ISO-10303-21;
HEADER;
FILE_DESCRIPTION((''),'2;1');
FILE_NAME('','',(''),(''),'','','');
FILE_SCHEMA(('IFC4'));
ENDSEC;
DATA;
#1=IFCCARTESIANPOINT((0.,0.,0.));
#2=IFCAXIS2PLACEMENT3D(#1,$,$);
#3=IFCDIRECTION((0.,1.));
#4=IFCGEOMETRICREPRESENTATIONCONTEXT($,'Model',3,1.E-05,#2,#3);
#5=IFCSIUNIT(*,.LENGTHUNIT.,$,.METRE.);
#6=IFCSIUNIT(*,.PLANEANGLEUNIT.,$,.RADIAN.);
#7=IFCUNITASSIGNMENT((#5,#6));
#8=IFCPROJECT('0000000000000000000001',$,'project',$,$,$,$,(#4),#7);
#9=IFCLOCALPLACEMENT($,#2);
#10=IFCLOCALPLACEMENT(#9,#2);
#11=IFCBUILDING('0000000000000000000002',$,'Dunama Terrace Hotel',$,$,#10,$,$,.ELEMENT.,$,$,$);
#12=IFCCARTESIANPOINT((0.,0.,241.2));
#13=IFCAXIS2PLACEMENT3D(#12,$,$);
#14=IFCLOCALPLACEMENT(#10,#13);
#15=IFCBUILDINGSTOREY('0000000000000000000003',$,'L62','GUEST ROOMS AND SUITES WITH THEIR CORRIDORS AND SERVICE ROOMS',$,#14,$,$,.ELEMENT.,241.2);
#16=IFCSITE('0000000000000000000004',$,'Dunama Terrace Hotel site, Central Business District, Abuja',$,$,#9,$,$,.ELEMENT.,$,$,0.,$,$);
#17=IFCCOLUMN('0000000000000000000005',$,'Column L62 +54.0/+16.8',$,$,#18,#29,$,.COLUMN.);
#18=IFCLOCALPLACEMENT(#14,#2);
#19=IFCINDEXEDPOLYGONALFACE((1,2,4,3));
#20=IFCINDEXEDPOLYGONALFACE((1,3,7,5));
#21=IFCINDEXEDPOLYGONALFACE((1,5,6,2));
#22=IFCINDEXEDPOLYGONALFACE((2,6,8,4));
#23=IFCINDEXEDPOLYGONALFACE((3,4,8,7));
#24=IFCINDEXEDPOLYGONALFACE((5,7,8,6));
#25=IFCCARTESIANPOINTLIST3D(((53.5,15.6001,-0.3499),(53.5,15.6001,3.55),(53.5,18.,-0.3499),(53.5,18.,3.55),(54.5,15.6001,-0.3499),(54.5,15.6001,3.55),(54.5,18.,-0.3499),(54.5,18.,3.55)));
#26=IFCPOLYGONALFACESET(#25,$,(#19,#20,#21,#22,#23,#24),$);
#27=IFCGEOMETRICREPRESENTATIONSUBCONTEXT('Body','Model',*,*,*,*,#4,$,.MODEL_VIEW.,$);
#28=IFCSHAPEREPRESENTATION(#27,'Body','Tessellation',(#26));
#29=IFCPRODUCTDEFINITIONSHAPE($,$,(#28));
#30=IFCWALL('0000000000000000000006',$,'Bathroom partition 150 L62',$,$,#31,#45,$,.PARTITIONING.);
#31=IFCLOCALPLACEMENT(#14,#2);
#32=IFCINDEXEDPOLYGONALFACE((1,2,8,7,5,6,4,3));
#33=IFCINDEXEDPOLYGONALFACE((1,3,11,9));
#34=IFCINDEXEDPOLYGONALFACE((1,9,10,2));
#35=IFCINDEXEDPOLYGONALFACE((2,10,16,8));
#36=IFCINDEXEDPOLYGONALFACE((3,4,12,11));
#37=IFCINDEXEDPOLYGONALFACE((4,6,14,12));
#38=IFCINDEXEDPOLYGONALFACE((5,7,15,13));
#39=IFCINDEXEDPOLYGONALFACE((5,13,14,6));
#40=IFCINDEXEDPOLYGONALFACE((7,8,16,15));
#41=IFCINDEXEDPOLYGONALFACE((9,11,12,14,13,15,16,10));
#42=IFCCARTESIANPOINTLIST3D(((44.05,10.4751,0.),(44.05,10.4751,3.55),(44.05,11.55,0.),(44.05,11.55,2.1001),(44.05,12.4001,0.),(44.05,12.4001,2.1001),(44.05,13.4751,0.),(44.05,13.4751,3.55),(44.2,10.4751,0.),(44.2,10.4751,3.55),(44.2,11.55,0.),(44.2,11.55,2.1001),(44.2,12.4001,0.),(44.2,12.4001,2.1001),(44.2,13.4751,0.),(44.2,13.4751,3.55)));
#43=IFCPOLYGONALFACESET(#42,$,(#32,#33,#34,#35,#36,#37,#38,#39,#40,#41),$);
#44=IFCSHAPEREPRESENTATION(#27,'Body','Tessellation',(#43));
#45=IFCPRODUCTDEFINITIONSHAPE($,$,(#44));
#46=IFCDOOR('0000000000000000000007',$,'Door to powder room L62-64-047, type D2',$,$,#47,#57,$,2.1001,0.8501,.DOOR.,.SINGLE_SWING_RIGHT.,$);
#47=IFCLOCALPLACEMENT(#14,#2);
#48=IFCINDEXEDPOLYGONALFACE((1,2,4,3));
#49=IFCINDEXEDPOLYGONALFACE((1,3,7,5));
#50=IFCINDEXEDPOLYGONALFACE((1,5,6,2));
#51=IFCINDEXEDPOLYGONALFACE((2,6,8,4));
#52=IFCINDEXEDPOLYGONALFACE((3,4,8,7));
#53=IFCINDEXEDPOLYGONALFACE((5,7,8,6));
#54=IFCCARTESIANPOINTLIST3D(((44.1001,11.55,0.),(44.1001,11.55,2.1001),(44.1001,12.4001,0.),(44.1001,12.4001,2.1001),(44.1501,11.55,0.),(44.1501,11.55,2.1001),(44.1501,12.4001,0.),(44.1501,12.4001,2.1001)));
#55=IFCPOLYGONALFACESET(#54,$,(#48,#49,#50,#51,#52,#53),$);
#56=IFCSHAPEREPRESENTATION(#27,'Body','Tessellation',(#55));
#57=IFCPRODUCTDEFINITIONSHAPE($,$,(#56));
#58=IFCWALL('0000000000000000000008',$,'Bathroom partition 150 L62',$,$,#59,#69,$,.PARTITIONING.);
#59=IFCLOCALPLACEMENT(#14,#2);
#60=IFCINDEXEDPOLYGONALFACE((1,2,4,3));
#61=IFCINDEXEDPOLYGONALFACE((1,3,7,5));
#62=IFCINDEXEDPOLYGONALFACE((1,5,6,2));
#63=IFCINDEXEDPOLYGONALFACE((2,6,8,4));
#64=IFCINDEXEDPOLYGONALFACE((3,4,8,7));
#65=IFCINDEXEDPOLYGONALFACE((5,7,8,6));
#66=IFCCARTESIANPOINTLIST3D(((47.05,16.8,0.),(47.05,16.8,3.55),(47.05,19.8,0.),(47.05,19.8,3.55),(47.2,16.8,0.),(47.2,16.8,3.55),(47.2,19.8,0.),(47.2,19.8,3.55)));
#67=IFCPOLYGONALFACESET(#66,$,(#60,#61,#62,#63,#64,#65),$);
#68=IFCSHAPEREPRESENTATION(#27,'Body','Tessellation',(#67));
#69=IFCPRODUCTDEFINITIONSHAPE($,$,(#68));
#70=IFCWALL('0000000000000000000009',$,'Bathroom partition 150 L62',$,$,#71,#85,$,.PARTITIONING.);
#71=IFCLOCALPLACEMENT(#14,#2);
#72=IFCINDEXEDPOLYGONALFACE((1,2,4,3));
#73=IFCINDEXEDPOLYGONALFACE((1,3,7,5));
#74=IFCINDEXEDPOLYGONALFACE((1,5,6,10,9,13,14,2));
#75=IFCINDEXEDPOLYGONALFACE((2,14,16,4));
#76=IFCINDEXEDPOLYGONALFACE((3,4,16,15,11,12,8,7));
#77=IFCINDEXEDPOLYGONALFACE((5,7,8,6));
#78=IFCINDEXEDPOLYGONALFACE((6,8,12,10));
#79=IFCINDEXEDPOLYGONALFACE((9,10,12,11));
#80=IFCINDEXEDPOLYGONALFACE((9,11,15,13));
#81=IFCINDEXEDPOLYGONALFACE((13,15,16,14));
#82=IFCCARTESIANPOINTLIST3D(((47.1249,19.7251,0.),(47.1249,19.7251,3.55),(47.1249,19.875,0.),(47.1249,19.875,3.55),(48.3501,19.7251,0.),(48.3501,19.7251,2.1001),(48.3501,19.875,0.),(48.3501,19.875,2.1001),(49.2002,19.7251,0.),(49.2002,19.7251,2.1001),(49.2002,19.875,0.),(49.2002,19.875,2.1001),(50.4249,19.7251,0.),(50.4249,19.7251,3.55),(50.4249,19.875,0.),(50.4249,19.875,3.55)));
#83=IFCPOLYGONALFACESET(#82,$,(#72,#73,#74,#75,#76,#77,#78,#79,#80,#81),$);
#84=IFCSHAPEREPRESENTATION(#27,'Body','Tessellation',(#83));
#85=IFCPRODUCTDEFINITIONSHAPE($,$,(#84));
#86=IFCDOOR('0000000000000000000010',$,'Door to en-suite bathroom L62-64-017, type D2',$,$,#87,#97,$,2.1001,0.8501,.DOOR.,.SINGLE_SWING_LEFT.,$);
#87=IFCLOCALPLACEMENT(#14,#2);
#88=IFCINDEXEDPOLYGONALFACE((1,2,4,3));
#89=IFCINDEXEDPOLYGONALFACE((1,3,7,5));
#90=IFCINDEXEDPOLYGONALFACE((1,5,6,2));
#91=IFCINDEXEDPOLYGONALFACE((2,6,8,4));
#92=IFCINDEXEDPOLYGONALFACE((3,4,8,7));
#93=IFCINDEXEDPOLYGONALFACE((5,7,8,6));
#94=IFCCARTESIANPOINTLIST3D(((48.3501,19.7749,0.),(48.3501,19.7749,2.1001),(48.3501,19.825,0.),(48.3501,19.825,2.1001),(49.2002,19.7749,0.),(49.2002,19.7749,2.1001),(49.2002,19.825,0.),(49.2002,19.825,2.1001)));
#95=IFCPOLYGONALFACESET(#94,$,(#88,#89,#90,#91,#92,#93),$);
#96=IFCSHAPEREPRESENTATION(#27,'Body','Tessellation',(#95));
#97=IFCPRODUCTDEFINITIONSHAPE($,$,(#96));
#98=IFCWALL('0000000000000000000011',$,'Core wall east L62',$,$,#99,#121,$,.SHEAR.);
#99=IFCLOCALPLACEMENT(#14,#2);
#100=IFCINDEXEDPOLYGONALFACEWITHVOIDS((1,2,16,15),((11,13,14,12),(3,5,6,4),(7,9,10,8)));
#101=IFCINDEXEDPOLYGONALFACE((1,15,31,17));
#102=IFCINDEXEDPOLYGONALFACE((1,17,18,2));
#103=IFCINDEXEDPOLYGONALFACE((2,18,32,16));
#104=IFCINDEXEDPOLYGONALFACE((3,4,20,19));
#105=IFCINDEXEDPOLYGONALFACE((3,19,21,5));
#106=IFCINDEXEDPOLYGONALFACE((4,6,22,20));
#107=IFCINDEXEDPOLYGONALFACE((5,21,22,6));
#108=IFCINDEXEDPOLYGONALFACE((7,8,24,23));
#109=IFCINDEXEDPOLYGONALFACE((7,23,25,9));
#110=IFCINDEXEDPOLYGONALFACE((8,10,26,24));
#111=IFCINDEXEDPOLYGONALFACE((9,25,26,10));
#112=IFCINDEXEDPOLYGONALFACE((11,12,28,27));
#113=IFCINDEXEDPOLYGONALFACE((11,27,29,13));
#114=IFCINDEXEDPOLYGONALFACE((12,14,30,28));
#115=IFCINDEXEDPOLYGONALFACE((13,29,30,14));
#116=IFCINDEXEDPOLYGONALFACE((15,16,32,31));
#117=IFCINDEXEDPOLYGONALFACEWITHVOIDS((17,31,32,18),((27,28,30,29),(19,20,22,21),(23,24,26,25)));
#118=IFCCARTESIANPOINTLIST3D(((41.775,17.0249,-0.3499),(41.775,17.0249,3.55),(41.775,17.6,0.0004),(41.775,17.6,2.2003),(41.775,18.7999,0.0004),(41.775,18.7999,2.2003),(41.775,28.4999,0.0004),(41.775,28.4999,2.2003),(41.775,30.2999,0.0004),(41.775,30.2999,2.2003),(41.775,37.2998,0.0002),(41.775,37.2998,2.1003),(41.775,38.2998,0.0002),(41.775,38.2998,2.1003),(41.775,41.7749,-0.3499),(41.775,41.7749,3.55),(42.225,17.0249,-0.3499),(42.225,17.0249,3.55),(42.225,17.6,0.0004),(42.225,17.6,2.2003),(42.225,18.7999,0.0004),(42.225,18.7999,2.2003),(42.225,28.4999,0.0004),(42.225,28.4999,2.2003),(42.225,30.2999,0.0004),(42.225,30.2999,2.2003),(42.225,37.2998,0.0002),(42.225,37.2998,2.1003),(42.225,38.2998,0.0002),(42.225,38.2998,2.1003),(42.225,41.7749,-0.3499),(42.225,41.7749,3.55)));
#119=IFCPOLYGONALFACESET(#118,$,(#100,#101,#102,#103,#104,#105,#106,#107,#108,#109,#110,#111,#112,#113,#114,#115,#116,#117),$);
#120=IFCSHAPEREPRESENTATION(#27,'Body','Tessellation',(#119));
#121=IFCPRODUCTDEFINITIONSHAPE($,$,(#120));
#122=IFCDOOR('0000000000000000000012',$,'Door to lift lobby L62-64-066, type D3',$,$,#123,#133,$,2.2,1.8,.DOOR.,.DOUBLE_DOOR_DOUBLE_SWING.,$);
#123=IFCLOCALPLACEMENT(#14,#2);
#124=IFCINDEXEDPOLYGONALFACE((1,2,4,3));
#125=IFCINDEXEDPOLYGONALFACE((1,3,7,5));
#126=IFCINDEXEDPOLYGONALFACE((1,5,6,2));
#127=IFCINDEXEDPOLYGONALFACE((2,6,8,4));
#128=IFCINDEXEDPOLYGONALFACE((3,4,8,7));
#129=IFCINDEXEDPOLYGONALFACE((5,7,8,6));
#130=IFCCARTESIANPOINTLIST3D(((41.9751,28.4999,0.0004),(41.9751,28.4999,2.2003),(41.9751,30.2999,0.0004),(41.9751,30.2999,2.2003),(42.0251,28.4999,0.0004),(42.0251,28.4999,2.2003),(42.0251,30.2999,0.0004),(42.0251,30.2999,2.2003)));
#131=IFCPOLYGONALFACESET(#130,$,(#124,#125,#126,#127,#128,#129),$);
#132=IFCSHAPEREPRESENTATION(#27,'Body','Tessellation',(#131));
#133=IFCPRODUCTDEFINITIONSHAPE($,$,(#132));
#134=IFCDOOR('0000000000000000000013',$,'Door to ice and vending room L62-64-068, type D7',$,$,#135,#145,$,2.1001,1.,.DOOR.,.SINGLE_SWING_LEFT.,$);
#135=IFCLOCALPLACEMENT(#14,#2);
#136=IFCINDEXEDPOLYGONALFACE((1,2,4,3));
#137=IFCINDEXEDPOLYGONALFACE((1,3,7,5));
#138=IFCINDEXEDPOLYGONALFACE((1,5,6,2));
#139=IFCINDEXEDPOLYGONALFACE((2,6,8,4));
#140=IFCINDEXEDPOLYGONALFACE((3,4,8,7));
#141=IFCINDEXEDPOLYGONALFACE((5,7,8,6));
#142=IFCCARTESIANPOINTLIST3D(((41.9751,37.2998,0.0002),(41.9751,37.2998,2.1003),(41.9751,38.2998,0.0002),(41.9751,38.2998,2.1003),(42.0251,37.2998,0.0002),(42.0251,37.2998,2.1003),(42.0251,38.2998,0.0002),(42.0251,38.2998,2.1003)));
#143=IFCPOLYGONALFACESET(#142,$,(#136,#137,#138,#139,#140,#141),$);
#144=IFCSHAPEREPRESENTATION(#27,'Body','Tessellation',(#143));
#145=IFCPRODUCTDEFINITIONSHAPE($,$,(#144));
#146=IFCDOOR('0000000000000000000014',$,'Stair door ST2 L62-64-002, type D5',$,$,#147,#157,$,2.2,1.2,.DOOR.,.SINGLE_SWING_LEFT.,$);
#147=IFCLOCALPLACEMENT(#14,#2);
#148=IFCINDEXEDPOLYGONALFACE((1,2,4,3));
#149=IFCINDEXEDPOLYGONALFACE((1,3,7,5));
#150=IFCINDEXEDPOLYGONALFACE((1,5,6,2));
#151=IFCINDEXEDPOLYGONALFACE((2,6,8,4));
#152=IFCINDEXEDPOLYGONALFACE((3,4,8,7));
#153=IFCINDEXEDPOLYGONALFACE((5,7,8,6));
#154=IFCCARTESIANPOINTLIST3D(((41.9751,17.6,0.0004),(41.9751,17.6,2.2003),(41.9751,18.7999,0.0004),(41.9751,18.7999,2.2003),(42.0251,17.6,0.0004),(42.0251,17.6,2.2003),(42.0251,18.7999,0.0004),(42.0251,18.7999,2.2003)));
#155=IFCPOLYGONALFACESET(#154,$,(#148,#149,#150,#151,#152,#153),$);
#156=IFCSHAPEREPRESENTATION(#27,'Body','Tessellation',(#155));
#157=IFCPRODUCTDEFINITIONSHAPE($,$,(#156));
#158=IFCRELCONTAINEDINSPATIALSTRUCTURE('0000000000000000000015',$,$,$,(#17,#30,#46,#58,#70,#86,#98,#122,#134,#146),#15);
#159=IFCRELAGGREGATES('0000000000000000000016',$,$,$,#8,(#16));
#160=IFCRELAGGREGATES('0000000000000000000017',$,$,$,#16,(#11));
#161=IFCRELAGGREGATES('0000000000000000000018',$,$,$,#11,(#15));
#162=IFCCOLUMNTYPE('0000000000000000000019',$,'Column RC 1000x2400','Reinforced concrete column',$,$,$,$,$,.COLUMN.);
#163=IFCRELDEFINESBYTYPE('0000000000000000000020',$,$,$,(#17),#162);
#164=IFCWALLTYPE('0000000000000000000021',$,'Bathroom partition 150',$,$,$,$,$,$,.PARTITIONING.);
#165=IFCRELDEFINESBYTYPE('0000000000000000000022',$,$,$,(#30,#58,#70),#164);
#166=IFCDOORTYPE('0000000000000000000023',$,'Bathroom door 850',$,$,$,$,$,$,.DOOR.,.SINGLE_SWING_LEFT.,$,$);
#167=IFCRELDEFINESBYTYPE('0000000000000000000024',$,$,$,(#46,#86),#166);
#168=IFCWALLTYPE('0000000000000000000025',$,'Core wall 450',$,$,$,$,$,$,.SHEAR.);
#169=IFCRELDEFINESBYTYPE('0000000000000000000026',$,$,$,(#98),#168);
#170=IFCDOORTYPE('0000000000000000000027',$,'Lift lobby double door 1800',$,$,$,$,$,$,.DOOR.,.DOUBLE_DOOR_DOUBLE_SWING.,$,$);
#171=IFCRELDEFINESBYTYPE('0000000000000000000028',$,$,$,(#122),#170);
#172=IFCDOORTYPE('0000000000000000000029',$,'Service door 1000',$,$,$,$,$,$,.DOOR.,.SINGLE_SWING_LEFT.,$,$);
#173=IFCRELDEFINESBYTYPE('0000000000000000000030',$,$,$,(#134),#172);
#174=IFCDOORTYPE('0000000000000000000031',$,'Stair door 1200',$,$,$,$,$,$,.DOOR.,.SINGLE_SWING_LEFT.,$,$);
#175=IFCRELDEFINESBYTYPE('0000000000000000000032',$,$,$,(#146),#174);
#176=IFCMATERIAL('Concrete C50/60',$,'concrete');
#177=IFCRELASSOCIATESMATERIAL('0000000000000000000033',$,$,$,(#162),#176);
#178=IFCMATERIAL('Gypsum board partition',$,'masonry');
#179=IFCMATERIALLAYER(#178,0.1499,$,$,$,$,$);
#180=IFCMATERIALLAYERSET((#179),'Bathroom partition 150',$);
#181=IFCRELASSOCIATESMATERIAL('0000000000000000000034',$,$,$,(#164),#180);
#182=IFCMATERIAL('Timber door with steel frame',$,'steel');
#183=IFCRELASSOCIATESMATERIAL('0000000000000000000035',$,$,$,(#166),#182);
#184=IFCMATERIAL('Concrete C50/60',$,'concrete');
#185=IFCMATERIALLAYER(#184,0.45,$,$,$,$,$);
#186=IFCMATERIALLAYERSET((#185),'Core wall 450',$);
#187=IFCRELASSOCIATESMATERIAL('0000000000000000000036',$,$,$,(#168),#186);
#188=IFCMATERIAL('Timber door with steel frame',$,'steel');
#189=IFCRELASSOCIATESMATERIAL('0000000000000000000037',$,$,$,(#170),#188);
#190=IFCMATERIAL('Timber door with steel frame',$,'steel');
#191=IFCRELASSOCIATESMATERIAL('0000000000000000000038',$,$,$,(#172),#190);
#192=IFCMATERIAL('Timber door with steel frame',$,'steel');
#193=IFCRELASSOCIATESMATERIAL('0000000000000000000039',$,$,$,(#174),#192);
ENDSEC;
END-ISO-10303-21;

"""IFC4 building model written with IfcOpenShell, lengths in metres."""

from ifc_helpers import new_model, si_unit, direction, frame, frame_2d, origin, origin_2d, place, context, subcontext, project, spatial, rectangle, extrude, material, layer, layer_set, material_profile, profile_set, type_object, element, fill, save


model = new_model("IFC4")

# Units and contexts
model_context = context("Model", 3, precision=1e-05, world=origin(), true_north=direction((0.0, 1.0)))
body_context = subcontext(model_context, "Body", "Model", "MODEL_VIEW")
ifc_project = project(units=[si_unit("LENGTHUNIT", "METRE"), si_unit("PLANEANGLEUNIT", "RADIAN")], contexts=[model_context])

# Site, building, storey
site_placement = place(None, origin())
site = spatial("IfcSite", under=ifc_project, at=site_placement, Name="Dunama Terrace Hotel site, Central Business District, Abuja", CompositionType="ELEMENT", RefElevation=0.0)
building_placement = place(site_placement, origin())
building = spatial("IfcBuilding", under=site, at=building_placement, Name="Dunama Terrace Hotel", CompositionType="ELEMENT")
storey_placement = place(building_placement, frame((0.0, 0.0, 241.2)))
storey = spatial("IfcBuildingStorey", under=building, at=storey_placement, Name="L62", Description="GUEST ROOMS AND SUITES WITH THEIR CORRIDORS AND SERVICE ROOMS", CompositionType="ELEMENT", Elevation=241.2)

# Column
ifc_material_1 = material(Name="Concrete C50/60", Category="concrete")
ifc_material_profile = material_profile(ifc_material_1, rectangle(XDim=1.0, YDim=2.3999, at=origin_2d()), Name="RC 1000x2400")
ifc_profile_set = profile_set([ifc_material_profile], Name="Concrete C50/60")
column_type = type_object("IfcColumnType", Name="Column RC 1000x2400", Description="Reinforced concrete column", PredefinedType="COLUMN", material=ifc_profile_set)
column_placement = place(storey_placement, frame((54.0, 16.8, -0.3499), z_axis=(0.0, 0.0, 1.0), x_axis=(1.0, 0.0, 0.0)))
element("IfcColumn", 1, at=column_placement, inside=storey, type_object=column_type, Name="Column L62 +54.0/+16.8", PredefinedType="COLUMN", context=body_context, shape_type="SweptSolid", body=[
    extrude(rectangle(XDim=1.0, YDim=2.3999, at=origin_2d()), origin(), (0.0, 0.0, 1.0), 3.8999),
])

# Wall, opening, door
ifc_material_2 = material(Name="Gypsum board partition", Category="masonry")
ifc_layer_1 = layer(ifc_material_2, 0.1499)
ifc_layer_set_1 = layer_set([ifc_layer_1], Name="Bathroom partition 150")
wall_type_1 = type_object("IfcWallType", Name="Bathroom partition 150", PredefinedType="PARTITIONING", material=ifc_layer_set_1)
wall_1_placement = place(storey_placement, frame((44.125, 10.4751, 0.0), z_axis=(0.0, 0.0, 1.0), x_axis=(0.0, 1.0, 0.0)))
wall_1 = element("IfcWall", 2, at=wall_1_placement, inside=storey, type_object=wall_type_1, Name="Bathroom partition 150 L62", PredefinedType="PARTITIONING", context=body_context, shape_type="SweptSolid", body=[
    extrude(rectangle(XDim=3.0, YDim=0.1499, at=frame_2d((1.5, 0.0))), origin(), (0.0, 0.0, 1.0), 3.55),
])
opening_1_placement = place(wall_1_placement, frame((1.075, 0.0, 0.0)))
opening_1 = element("IfcOpeningElement", 3, at=opening_1_placement, cuts=wall_1, PredefinedType="OPENING", context=body_context, shape_type="SweptSolid", body=[
    extrude(rectangle(XDim=0.8501, YDim=2.1001, at=frame_2d((0.425, 1.05))), frame((0.0, 0.085, 0.0), z_axis=(0.0, -1.0, 0.0), x_axis=(1.0, 0.0, 0.0)), (0.0, 0.0, 1.0), 0.1699),
])
ifc_material_3 = material(Name="Timber door with steel frame", Category="steel")
door_type_1 = type_object("IfcDoorType", Name="Bathroom door 850", OperationType="SINGLE_SWING_LEFT", PredefinedType="DOOR", material=ifc_material_3)
door_1_placement = place(opening_1_placement, origin())
door_1 = element("IfcDoor", 4, at=door_1_placement, inside=storey, type_object=door_type_1, Name="Door to powder room L62-64-047, type D2", OperationType="SINGLE_SWING_RIGHT", OverallHeight=2.1001, OverallWidth=0.8501, PredefinedType="DOOR", context=body_context, shape_type="SweptSolid", body=[
    extrude(rectangle(XDim=0.8501, YDim=2.1001, at=frame_2d((0.425, 1.05))), frame((0.0, 0.0249, 0.0), z_axis=(0.0, -1.0, 0.0), x_axis=(1.0, 0.0, 0.0)), (0.0, 0.0, 1.0), 0.05),
])
fill(opening_1, door_1)

# Wall
wall_2_placement = place(storey_placement, frame((47.125, 16.8, 0.0), z_axis=(0.0, 0.0, 1.0), x_axis=(0.0, 1.0, 0.0)))
element("IfcWall", 5, at=wall_2_placement, inside=storey, type_object=wall_type_1, Name="Bathroom partition 150 L62", PredefinedType="PARTITIONING", context=body_context, shape_type="SweptSolid", body=[
    extrude(rectangle(XDim=3.0, YDim=0.1499, at=frame_2d((1.5, 0.0))), origin(), (0.0, 0.0, 1.0), 3.55),
])

# Wall, opening, door
wall_3_placement = place(storey_placement, frame((47.125, 19.8, 0.0), z_axis=(0.0, 0.0, 1.0), x_axis=(1.0, 0.0, 0.0)))
wall_3 = element("IfcWall", 6, at=wall_3_placement, inside=storey, type_object=wall_type_1, Name="Bathroom partition 150 L62", PredefinedType="PARTITIONING", context=body_context, shape_type="SweptSolid", body=[
    extrude(rectangle(XDim=3.3, YDim=0.1499, at=frame_2d((1.6499, 0.0))), origin(), (0.0, 0.0, 1.0), 3.55),
])
opening_2_placement = place(wall_3_placement, frame((1.2251, 0.0, 0.0)))
opening_2 = element("IfcOpeningElement", 7, at=opening_2_placement, cuts=wall_3, PredefinedType="OPENING", context=body_context, shape_type="SweptSolid", body=[
    extrude(rectangle(XDim=0.8501, YDim=2.1001, at=frame_2d((0.425, 1.05))), frame((0.0, 0.085, 0.0), z_axis=(0.0, -1.0, 0.0), x_axis=(1.0, 0.0, 0.0)), (0.0, 0.0, 1.0), 0.1699),
])
door_2_placement = place(opening_2_placement, frame((0.8501, 0.0, 0.0), z_axis=(0.0, 0.0, 1.0), x_axis=(-1.0, 0.0, 0.0)))
door_2 = element("IfcDoor", 8, at=door_2_placement, inside=storey, type_object=door_type_1, Name="Door to en-suite bathroom L62-64-017, type D2", OperationType="SINGLE_SWING_LEFT", OverallHeight=2.1001, OverallWidth=0.8501, PredefinedType="DOOR", context=body_context, shape_type="SweptSolid", body=[
    extrude(rectangle(XDim=0.8501, YDim=2.1001, at=frame_2d((0.425, 1.05))), frame((0.0, 0.0251, 0.0), z_axis=(0.0, -1.0, 0.0), x_axis=(1.0, 0.0, 0.0)), (0.0, 0.0, 1.0), 0.05),
])
fill(opening_2, door_2)

# Wall, openings, doors
ifc_material_4 = material(Name="Concrete C50/60", Category="concrete")
ifc_layer_2 = layer(ifc_material_4, 0.45)
ifc_layer_set_2 = layer_set([ifc_layer_2], Name="Core wall 450")
wall_type_2 = type_object("IfcWallType", Name="Core wall 450", PredefinedType="SHEAR", material=ifc_layer_set_2)
wall_4_placement = place(storey_placement, frame((42.0, 17.0249, -0.3499), z_axis=(0.0, 0.0, 1.0), x_axis=(0.0, 1.0, 0.0)))
wall_4 = element("IfcWall", 9, at=wall_4_placement, inside=storey, type_object=wall_type_2, Name="Core wall east L62", PredefinedType="SHEAR", context=body_context, shape_type="SweptSolid", body=[
    extrude(rectangle(XDim=24.75, YDim=0.45, at=frame_2d((12.375, 0.0))), origin(), (0.0, 0.0, 1.0), 3.8999),
])
opening_3_placement = place(wall_4_placement, frame((0.575, 0.0, 0.3501)))
opening_3 = element("IfcOpeningElement", 10, at=opening_3_placement, cuts=wall_4, PredefinedType="OPENING", context=body_context, shape_type="SweptSolid", body=[
    extrude(rectangle(XDim=1.2, YDim=2.2, at=frame_2d((0.6001, 1.1001))), frame((0.0, 0.2349, 0.0), z_axis=(0.0, -1.0, 0.0), x_axis=(1.0, 0.0, 0.0)), (0.0, 0.0, 1.0), 0.47),
])
opening_4_placement = place(wall_4_placement, frame((11.4751, 0.0, 0.3501)))
opening_4 = element("IfcOpeningElement", 11, at=opening_4_placement, cuts=wall_4, PredefinedType="OPENING", context=body_context, shape_type="SweptSolid", body=[
    extrude(rectangle(XDim=1.8, YDim=2.2, at=frame_2d((0.8999, 1.1001))), frame((0.0, 0.2349, 0.0), z_axis=(0.0, -1.0, 0.0), x_axis=(1.0, 0.0, 0.0)), (0.0, 0.0, 1.0), 0.47),
])
opening_5_placement = place(wall_4_placement, frame((20.2749, 0.0, 0.3501)))
opening_5 = element("IfcOpeningElement", 12, at=opening_5_placement, cuts=wall_4, PredefinedType="OPENING", context=body_context, shape_type="SweptSolid", body=[
    extrude(rectangle(XDim=1.0, YDim=2.1001, at=frame_2d((0.5, 1.05))), frame((0.0, 0.2349, 0.0), z_axis=(0.0, -1.0, 0.0), x_axis=(1.0, 0.0, 0.0)), (0.0, 0.0, 1.0), 0.47),
])
ifc_material_5 = material(Name="Timber door with steel frame", Category="steel")
door_type_2 = type_object("IfcDoorType", Name="Lift lobby double door 1800", OperationType="DOUBLE_DOOR_DOUBLE_SWING", PredefinedType="DOOR", material=ifc_material_5)
door_3_placement = place(opening_4_placement, origin())
door_3 = element("IfcDoor", 13, at=door_3_placement, inside=storey, type_object=door_type_2, Name="Door to lift lobby L62-64-066, type D3", OperationType="DOUBLE_DOOR_DOUBLE_SWING", OverallHeight=2.2, OverallWidth=1.8, PredefinedType="DOOR", context=body_context, shape_type="SweptSolid", body=[
    extrude(rectangle(XDim=1.8, YDim=2.2, at=frame_2d((0.8999, 1.1001))), frame((0.0, 0.0249, 0.0), z_axis=(0.0, -1.0, 0.0), x_axis=(1.0, 0.0, 0.0)), (0.0, 0.0, 1.0), 0.05),
])
fill(opening_4, door_3)
ifc_material_6 = material(Name="Timber door with steel frame", Category="steel")
door_type_3 = type_object("IfcDoorType", Name="Service door 1000", OperationType="SINGLE_SWING_LEFT", PredefinedType="DOOR", material=ifc_material_6)
door_4_placement = place(opening_5_placement, origin())
door_4 = element("IfcDoor", 14, at=door_4_placement, inside=storey, type_object=door_type_3, Name="Door to ice and vending room L62-64-068, type D7", OperationType="SINGLE_SWING_LEFT", OverallHeight=2.1001, OverallWidth=1.0, PredefinedType="DOOR", context=body_context, shape_type="SweptSolid", body=[
    extrude(rectangle(XDim=1.0, YDim=2.1001, at=frame_2d((0.5, 1.05))), frame((0.0, 0.0249, 0.0), z_axis=(0.0, -1.0, 0.0), x_axis=(1.0, 0.0, 0.0)), (0.0, 0.0, 1.0), 0.05),
])
fill(opening_5, door_4)
ifc_material_7 = material(Name="Timber door with steel frame", Category="steel")
door_type_4 = type_object("IfcDoorType", Name="Stair door 1200", OperationType="SINGLE_SWING_LEFT", PredefinedType="DOOR", material=ifc_material_7)
door_5_placement = place(opening_3_placement, origin())
door_5 = element("IfcDoor", 15, at=door_5_placement, inside=storey, type_object=door_type_4, Name="Stair door ST2 L62-64-002, type D5", OperationType="SINGLE_SWING_LEFT", OverallHeight=2.2, OverallWidth=1.2, PredefinedType="DOOR", context=body_context, shape_type="SweptSolid", body=[
    extrude(rectangle(XDim=1.2, YDim=2.2, at=frame_2d((0.6001, 1.1001))), frame((0.0, 0.0249, 0.0), z_axis=(0.0, -1.0, 0.0), x_axis=(1.0, 0.0, 0.0)), (0.0, 0.0, 1.0), 0.05),
])
fill(opening_3, door_5)

save(model, "model.ifc")
